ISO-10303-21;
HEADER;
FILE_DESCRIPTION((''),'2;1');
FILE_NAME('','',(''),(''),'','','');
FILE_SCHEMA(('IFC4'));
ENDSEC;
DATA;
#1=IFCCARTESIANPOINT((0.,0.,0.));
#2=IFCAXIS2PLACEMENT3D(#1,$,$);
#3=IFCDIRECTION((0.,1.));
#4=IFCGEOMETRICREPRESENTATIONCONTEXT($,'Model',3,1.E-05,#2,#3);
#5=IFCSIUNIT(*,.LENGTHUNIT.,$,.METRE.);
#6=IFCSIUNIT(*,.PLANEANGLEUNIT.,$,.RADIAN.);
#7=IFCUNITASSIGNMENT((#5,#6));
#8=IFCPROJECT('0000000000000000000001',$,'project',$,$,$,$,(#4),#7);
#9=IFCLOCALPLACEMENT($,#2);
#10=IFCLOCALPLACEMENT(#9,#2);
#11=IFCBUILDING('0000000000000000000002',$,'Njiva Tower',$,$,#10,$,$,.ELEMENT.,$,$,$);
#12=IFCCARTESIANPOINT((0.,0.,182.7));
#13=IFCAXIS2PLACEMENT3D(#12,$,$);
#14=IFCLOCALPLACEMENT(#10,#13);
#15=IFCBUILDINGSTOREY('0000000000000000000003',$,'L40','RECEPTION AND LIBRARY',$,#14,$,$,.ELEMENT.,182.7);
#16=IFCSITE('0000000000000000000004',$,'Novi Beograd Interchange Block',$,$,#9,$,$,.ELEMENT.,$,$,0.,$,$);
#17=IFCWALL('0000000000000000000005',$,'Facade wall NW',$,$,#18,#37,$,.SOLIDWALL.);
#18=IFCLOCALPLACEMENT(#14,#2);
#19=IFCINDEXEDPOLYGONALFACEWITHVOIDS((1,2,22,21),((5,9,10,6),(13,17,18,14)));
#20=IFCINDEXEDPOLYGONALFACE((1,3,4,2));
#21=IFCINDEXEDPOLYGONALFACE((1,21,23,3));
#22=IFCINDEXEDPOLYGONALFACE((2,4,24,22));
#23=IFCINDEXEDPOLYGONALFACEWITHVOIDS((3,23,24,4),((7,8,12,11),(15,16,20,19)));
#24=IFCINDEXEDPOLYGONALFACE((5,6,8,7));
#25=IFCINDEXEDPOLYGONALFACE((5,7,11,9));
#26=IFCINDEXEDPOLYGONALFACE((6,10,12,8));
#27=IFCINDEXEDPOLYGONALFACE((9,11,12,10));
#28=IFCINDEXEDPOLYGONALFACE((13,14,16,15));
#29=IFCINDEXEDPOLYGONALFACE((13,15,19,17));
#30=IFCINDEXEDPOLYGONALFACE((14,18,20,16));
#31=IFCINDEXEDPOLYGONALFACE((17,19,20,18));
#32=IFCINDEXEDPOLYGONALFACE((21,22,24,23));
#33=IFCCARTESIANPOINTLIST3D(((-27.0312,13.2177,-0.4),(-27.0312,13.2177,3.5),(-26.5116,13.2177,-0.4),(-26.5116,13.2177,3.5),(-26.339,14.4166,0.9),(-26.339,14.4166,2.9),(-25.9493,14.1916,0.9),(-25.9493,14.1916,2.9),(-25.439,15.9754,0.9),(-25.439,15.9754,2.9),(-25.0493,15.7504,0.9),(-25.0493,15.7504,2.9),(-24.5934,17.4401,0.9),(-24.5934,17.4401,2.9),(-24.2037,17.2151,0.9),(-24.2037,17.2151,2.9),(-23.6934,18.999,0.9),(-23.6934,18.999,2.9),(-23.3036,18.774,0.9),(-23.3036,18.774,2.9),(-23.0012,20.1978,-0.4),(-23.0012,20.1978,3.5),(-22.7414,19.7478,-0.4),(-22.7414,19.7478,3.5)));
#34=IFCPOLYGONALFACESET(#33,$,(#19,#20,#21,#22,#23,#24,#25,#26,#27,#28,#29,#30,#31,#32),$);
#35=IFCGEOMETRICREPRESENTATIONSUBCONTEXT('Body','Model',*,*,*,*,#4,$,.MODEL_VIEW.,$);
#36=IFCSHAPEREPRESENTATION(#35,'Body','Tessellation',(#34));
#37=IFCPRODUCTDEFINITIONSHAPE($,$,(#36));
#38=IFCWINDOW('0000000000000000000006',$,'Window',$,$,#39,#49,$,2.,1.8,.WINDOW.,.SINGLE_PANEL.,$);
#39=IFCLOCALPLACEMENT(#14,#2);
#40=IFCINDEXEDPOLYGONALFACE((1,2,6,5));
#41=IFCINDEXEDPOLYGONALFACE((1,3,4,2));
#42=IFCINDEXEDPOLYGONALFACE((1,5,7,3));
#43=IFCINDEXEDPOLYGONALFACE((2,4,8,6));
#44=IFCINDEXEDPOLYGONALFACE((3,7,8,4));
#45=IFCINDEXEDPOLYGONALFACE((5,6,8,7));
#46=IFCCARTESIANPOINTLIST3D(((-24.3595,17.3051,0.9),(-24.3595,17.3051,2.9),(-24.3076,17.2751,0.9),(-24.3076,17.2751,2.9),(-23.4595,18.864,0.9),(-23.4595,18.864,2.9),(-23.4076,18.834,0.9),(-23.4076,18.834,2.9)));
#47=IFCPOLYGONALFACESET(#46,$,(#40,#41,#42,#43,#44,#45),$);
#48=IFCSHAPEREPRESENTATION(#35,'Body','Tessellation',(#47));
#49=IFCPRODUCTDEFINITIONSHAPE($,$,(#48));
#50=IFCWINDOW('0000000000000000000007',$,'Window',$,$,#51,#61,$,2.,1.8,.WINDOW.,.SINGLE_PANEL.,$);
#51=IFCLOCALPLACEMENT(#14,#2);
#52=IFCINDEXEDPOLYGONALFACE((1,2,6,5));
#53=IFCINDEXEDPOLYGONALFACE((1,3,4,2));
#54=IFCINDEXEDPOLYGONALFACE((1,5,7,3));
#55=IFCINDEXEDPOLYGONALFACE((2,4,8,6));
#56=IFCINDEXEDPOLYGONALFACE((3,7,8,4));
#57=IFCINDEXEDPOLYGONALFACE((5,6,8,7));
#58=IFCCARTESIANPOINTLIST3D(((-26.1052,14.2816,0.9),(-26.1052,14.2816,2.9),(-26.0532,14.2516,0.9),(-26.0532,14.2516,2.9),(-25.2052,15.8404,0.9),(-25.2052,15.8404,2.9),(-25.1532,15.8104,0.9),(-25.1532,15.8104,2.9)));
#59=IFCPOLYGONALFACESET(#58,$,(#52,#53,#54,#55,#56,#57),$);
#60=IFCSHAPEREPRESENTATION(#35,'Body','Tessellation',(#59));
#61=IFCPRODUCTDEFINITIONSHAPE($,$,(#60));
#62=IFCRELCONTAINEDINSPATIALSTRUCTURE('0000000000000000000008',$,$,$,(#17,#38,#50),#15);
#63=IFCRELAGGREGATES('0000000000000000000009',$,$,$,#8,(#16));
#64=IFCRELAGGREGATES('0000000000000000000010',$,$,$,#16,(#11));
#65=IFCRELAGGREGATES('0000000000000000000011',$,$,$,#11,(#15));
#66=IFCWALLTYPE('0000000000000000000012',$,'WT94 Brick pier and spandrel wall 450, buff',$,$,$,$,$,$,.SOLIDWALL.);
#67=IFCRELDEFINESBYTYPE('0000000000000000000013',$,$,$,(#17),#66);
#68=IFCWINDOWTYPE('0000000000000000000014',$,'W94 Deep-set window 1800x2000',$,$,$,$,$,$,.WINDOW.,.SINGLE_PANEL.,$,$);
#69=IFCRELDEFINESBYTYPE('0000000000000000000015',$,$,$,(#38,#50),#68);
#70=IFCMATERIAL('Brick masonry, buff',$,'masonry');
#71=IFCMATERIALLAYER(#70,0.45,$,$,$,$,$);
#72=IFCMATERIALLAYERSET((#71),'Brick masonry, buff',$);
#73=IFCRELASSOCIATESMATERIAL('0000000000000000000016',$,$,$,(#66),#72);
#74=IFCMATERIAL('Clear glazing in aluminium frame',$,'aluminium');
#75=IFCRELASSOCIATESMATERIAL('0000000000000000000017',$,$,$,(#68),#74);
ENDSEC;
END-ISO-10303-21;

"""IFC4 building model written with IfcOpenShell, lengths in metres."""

from ifc_helpers import new_model, si_unit, direction, frame, frame_2d, origin, place, context, subcontext, project, spatial, polyline, rectangle, outline, extrude, material, layer, layer_set, type_object, element, fill, save


model = new_model("IFC4")

# Units and contexts
model_context = context("Model", 3, precision=1e-05, world=origin(), true_north=direction((0.0, 1.0)))
body_context = subcontext(model_context, "Body", "Model", "MODEL_VIEW")
ifc_project = project(units=[si_unit("LENGTHUNIT", "METRE"), si_unit("PLANEANGLEUNIT", "RADIAN")], contexts=[model_context])

# Site, building, storey
site_placement = place(None, origin())
site = spatial("IfcSite", under=ifc_project, at=site_placement, Name="Novi Beograd Interchange Block", CompositionType="ELEMENT", RefElevation=0.0)
building_placement = place(site_placement, origin())
building = spatial("IfcBuilding", under=site, at=building_placement, Name="Njiva Tower", CompositionType="ELEMENT")
storey_placement = place(building_placement, frame((0.0, 0.0, 182.7)))
storey = spatial("IfcBuildingStorey", under=building, at=storey_placement, Name="L40", Description="RECEPTION AND LIBRARY", CompositionType="ELEMENT", Elevation=182.7)

# Wall, openings, windows
ifc_material_1 = material(Name="Brick masonry, buff", Category="masonry")
ifc_layer_1 = layer(ifc_material_1, 0.45)
ifc_layer_set_1 = layer_set([ifc_layer_1], Name="Brick masonry, buff")
wall_type_1 = type_object("IfcWallType", Name="WT94 Brick pier and spandrel wall 450, buff", PredefinedType="SOLIDWALL", material=ifc_layer_set_1)
wall_1_placement = place(storey_placement, frame((-22.8713, 19.9728, -0.4), z_axis=(0.0, 0.0, 1.0), x_axis=(-0.500004, -0.866023, 0.0)))
wall_1 = element("IfcWall", 1, at=wall_1_placement, inside=storey, type_object=wall_type_1, Name="Facade wall NW", PredefinedType="SOLIDWALL", context=body_context, shape_type="SweptSolid", body=[
    extrude(outline(polyline([(-0.1299, -0.225), (7.93, -0.225), (7.6702, 0.225), (0.1299, 0.225), (-0.1299, -0.225)])), origin(), (0.0, 0.0, 1.0), 3.9),
])
opening_1_placement = place(wall_1_placement, frame((1.2544, 0.0, 1.3)))
opening_1 = element("IfcOpeningElement", 2, at=opening_1_placement, cuts=wall_1, PredefinedType="OPENING", context=body_context, shape_type="SweptSolid", body=[
    extrude(rectangle(XDim=1.8, YDim=2.0, at=frame_2d((0.9, 1.0))), frame((0.0, 0.235, 0.0), z_axis=(0.0, -1.0, 0.0), x_axis=(1.0, 0.0, 0.0)), (0.0, 0.0, 1.0), 0.47),
])
opening_2_placement = place(wall_1_placement, frame((4.7457, 0.0, 1.3)))
opening_2 = element("IfcOpeningElement", 3, at=opening_2_placement, cuts=wall_1, PredefinedType="OPENING", context=body_context, shape_type="SweptSolid", body=[
    extrude(rectangle(XDim=1.8, YDim=2.0, at=frame_2d((0.9, 1.0))), frame((0.0, 0.235, 0.0), z_axis=(0.0, -1.0, 0.0), x_axis=(1.0, 0.0, 0.0)), (0.0, 0.0, 1.0), 0.47),
])
ifc_material_2 = material(Name="Clear glazing in aluminium frame", Category="aluminium")
window_type = type_object("IfcWindowType", Name="W94 Deep-set window 1800x2000", PartitioningType="SINGLE_PANEL", PredefinedType="WINDOW", material=ifc_material_2)
window_1_placement = place(opening_1_placement, origin())
window_1 = element("IfcWindow", 4, at=window_1_placement, inside=storey, type_object=window_type, Name="Window", OverallHeight=2.0, OverallWidth=1.8, PartitioningType="SINGLE_PANEL", PredefinedType="WINDOW", context=body_context, shape_type="SweptSolid", body=[
    extrude(rectangle(XDim=1.8, YDim=2.0, at=frame_2d((0.9, 1.0))), frame((0.0, 0.105, 0.0), z_axis=(0.0, -1.0, 0.0), x_axis=(1.0, 0.0, 0.0)), (0.0, 0.0, 1.0), 0.06),
])
fill(opening_1, window_1)
window_2_placement = place(opening_2_placement, origin())
window_2 = element("IfcWindow", 5, at=window_2_placement, inside=storey, type_object=window_type, Name="Window", OverallHeight=2.0, OverallWidth=1.8, PartitioningType="SINGLE_PANEL", PredefinedType="WINDOW", context=body_context, shape_type="SweptSolid", body=[
    extrude(rectangle(XDim=1.8, YDim=2.0, at=frame_2d((0.9, 1.0))), frame((0.0, 0.105, 0.0), z_axis=(0.0, -1.0, 0.0), x_axis=(1.0, 0.0, 0.0)), (0.0, 0.0, 1.0), 0.06),
])
fill(opening_2, window_2)

save(model, "model.ifc")
